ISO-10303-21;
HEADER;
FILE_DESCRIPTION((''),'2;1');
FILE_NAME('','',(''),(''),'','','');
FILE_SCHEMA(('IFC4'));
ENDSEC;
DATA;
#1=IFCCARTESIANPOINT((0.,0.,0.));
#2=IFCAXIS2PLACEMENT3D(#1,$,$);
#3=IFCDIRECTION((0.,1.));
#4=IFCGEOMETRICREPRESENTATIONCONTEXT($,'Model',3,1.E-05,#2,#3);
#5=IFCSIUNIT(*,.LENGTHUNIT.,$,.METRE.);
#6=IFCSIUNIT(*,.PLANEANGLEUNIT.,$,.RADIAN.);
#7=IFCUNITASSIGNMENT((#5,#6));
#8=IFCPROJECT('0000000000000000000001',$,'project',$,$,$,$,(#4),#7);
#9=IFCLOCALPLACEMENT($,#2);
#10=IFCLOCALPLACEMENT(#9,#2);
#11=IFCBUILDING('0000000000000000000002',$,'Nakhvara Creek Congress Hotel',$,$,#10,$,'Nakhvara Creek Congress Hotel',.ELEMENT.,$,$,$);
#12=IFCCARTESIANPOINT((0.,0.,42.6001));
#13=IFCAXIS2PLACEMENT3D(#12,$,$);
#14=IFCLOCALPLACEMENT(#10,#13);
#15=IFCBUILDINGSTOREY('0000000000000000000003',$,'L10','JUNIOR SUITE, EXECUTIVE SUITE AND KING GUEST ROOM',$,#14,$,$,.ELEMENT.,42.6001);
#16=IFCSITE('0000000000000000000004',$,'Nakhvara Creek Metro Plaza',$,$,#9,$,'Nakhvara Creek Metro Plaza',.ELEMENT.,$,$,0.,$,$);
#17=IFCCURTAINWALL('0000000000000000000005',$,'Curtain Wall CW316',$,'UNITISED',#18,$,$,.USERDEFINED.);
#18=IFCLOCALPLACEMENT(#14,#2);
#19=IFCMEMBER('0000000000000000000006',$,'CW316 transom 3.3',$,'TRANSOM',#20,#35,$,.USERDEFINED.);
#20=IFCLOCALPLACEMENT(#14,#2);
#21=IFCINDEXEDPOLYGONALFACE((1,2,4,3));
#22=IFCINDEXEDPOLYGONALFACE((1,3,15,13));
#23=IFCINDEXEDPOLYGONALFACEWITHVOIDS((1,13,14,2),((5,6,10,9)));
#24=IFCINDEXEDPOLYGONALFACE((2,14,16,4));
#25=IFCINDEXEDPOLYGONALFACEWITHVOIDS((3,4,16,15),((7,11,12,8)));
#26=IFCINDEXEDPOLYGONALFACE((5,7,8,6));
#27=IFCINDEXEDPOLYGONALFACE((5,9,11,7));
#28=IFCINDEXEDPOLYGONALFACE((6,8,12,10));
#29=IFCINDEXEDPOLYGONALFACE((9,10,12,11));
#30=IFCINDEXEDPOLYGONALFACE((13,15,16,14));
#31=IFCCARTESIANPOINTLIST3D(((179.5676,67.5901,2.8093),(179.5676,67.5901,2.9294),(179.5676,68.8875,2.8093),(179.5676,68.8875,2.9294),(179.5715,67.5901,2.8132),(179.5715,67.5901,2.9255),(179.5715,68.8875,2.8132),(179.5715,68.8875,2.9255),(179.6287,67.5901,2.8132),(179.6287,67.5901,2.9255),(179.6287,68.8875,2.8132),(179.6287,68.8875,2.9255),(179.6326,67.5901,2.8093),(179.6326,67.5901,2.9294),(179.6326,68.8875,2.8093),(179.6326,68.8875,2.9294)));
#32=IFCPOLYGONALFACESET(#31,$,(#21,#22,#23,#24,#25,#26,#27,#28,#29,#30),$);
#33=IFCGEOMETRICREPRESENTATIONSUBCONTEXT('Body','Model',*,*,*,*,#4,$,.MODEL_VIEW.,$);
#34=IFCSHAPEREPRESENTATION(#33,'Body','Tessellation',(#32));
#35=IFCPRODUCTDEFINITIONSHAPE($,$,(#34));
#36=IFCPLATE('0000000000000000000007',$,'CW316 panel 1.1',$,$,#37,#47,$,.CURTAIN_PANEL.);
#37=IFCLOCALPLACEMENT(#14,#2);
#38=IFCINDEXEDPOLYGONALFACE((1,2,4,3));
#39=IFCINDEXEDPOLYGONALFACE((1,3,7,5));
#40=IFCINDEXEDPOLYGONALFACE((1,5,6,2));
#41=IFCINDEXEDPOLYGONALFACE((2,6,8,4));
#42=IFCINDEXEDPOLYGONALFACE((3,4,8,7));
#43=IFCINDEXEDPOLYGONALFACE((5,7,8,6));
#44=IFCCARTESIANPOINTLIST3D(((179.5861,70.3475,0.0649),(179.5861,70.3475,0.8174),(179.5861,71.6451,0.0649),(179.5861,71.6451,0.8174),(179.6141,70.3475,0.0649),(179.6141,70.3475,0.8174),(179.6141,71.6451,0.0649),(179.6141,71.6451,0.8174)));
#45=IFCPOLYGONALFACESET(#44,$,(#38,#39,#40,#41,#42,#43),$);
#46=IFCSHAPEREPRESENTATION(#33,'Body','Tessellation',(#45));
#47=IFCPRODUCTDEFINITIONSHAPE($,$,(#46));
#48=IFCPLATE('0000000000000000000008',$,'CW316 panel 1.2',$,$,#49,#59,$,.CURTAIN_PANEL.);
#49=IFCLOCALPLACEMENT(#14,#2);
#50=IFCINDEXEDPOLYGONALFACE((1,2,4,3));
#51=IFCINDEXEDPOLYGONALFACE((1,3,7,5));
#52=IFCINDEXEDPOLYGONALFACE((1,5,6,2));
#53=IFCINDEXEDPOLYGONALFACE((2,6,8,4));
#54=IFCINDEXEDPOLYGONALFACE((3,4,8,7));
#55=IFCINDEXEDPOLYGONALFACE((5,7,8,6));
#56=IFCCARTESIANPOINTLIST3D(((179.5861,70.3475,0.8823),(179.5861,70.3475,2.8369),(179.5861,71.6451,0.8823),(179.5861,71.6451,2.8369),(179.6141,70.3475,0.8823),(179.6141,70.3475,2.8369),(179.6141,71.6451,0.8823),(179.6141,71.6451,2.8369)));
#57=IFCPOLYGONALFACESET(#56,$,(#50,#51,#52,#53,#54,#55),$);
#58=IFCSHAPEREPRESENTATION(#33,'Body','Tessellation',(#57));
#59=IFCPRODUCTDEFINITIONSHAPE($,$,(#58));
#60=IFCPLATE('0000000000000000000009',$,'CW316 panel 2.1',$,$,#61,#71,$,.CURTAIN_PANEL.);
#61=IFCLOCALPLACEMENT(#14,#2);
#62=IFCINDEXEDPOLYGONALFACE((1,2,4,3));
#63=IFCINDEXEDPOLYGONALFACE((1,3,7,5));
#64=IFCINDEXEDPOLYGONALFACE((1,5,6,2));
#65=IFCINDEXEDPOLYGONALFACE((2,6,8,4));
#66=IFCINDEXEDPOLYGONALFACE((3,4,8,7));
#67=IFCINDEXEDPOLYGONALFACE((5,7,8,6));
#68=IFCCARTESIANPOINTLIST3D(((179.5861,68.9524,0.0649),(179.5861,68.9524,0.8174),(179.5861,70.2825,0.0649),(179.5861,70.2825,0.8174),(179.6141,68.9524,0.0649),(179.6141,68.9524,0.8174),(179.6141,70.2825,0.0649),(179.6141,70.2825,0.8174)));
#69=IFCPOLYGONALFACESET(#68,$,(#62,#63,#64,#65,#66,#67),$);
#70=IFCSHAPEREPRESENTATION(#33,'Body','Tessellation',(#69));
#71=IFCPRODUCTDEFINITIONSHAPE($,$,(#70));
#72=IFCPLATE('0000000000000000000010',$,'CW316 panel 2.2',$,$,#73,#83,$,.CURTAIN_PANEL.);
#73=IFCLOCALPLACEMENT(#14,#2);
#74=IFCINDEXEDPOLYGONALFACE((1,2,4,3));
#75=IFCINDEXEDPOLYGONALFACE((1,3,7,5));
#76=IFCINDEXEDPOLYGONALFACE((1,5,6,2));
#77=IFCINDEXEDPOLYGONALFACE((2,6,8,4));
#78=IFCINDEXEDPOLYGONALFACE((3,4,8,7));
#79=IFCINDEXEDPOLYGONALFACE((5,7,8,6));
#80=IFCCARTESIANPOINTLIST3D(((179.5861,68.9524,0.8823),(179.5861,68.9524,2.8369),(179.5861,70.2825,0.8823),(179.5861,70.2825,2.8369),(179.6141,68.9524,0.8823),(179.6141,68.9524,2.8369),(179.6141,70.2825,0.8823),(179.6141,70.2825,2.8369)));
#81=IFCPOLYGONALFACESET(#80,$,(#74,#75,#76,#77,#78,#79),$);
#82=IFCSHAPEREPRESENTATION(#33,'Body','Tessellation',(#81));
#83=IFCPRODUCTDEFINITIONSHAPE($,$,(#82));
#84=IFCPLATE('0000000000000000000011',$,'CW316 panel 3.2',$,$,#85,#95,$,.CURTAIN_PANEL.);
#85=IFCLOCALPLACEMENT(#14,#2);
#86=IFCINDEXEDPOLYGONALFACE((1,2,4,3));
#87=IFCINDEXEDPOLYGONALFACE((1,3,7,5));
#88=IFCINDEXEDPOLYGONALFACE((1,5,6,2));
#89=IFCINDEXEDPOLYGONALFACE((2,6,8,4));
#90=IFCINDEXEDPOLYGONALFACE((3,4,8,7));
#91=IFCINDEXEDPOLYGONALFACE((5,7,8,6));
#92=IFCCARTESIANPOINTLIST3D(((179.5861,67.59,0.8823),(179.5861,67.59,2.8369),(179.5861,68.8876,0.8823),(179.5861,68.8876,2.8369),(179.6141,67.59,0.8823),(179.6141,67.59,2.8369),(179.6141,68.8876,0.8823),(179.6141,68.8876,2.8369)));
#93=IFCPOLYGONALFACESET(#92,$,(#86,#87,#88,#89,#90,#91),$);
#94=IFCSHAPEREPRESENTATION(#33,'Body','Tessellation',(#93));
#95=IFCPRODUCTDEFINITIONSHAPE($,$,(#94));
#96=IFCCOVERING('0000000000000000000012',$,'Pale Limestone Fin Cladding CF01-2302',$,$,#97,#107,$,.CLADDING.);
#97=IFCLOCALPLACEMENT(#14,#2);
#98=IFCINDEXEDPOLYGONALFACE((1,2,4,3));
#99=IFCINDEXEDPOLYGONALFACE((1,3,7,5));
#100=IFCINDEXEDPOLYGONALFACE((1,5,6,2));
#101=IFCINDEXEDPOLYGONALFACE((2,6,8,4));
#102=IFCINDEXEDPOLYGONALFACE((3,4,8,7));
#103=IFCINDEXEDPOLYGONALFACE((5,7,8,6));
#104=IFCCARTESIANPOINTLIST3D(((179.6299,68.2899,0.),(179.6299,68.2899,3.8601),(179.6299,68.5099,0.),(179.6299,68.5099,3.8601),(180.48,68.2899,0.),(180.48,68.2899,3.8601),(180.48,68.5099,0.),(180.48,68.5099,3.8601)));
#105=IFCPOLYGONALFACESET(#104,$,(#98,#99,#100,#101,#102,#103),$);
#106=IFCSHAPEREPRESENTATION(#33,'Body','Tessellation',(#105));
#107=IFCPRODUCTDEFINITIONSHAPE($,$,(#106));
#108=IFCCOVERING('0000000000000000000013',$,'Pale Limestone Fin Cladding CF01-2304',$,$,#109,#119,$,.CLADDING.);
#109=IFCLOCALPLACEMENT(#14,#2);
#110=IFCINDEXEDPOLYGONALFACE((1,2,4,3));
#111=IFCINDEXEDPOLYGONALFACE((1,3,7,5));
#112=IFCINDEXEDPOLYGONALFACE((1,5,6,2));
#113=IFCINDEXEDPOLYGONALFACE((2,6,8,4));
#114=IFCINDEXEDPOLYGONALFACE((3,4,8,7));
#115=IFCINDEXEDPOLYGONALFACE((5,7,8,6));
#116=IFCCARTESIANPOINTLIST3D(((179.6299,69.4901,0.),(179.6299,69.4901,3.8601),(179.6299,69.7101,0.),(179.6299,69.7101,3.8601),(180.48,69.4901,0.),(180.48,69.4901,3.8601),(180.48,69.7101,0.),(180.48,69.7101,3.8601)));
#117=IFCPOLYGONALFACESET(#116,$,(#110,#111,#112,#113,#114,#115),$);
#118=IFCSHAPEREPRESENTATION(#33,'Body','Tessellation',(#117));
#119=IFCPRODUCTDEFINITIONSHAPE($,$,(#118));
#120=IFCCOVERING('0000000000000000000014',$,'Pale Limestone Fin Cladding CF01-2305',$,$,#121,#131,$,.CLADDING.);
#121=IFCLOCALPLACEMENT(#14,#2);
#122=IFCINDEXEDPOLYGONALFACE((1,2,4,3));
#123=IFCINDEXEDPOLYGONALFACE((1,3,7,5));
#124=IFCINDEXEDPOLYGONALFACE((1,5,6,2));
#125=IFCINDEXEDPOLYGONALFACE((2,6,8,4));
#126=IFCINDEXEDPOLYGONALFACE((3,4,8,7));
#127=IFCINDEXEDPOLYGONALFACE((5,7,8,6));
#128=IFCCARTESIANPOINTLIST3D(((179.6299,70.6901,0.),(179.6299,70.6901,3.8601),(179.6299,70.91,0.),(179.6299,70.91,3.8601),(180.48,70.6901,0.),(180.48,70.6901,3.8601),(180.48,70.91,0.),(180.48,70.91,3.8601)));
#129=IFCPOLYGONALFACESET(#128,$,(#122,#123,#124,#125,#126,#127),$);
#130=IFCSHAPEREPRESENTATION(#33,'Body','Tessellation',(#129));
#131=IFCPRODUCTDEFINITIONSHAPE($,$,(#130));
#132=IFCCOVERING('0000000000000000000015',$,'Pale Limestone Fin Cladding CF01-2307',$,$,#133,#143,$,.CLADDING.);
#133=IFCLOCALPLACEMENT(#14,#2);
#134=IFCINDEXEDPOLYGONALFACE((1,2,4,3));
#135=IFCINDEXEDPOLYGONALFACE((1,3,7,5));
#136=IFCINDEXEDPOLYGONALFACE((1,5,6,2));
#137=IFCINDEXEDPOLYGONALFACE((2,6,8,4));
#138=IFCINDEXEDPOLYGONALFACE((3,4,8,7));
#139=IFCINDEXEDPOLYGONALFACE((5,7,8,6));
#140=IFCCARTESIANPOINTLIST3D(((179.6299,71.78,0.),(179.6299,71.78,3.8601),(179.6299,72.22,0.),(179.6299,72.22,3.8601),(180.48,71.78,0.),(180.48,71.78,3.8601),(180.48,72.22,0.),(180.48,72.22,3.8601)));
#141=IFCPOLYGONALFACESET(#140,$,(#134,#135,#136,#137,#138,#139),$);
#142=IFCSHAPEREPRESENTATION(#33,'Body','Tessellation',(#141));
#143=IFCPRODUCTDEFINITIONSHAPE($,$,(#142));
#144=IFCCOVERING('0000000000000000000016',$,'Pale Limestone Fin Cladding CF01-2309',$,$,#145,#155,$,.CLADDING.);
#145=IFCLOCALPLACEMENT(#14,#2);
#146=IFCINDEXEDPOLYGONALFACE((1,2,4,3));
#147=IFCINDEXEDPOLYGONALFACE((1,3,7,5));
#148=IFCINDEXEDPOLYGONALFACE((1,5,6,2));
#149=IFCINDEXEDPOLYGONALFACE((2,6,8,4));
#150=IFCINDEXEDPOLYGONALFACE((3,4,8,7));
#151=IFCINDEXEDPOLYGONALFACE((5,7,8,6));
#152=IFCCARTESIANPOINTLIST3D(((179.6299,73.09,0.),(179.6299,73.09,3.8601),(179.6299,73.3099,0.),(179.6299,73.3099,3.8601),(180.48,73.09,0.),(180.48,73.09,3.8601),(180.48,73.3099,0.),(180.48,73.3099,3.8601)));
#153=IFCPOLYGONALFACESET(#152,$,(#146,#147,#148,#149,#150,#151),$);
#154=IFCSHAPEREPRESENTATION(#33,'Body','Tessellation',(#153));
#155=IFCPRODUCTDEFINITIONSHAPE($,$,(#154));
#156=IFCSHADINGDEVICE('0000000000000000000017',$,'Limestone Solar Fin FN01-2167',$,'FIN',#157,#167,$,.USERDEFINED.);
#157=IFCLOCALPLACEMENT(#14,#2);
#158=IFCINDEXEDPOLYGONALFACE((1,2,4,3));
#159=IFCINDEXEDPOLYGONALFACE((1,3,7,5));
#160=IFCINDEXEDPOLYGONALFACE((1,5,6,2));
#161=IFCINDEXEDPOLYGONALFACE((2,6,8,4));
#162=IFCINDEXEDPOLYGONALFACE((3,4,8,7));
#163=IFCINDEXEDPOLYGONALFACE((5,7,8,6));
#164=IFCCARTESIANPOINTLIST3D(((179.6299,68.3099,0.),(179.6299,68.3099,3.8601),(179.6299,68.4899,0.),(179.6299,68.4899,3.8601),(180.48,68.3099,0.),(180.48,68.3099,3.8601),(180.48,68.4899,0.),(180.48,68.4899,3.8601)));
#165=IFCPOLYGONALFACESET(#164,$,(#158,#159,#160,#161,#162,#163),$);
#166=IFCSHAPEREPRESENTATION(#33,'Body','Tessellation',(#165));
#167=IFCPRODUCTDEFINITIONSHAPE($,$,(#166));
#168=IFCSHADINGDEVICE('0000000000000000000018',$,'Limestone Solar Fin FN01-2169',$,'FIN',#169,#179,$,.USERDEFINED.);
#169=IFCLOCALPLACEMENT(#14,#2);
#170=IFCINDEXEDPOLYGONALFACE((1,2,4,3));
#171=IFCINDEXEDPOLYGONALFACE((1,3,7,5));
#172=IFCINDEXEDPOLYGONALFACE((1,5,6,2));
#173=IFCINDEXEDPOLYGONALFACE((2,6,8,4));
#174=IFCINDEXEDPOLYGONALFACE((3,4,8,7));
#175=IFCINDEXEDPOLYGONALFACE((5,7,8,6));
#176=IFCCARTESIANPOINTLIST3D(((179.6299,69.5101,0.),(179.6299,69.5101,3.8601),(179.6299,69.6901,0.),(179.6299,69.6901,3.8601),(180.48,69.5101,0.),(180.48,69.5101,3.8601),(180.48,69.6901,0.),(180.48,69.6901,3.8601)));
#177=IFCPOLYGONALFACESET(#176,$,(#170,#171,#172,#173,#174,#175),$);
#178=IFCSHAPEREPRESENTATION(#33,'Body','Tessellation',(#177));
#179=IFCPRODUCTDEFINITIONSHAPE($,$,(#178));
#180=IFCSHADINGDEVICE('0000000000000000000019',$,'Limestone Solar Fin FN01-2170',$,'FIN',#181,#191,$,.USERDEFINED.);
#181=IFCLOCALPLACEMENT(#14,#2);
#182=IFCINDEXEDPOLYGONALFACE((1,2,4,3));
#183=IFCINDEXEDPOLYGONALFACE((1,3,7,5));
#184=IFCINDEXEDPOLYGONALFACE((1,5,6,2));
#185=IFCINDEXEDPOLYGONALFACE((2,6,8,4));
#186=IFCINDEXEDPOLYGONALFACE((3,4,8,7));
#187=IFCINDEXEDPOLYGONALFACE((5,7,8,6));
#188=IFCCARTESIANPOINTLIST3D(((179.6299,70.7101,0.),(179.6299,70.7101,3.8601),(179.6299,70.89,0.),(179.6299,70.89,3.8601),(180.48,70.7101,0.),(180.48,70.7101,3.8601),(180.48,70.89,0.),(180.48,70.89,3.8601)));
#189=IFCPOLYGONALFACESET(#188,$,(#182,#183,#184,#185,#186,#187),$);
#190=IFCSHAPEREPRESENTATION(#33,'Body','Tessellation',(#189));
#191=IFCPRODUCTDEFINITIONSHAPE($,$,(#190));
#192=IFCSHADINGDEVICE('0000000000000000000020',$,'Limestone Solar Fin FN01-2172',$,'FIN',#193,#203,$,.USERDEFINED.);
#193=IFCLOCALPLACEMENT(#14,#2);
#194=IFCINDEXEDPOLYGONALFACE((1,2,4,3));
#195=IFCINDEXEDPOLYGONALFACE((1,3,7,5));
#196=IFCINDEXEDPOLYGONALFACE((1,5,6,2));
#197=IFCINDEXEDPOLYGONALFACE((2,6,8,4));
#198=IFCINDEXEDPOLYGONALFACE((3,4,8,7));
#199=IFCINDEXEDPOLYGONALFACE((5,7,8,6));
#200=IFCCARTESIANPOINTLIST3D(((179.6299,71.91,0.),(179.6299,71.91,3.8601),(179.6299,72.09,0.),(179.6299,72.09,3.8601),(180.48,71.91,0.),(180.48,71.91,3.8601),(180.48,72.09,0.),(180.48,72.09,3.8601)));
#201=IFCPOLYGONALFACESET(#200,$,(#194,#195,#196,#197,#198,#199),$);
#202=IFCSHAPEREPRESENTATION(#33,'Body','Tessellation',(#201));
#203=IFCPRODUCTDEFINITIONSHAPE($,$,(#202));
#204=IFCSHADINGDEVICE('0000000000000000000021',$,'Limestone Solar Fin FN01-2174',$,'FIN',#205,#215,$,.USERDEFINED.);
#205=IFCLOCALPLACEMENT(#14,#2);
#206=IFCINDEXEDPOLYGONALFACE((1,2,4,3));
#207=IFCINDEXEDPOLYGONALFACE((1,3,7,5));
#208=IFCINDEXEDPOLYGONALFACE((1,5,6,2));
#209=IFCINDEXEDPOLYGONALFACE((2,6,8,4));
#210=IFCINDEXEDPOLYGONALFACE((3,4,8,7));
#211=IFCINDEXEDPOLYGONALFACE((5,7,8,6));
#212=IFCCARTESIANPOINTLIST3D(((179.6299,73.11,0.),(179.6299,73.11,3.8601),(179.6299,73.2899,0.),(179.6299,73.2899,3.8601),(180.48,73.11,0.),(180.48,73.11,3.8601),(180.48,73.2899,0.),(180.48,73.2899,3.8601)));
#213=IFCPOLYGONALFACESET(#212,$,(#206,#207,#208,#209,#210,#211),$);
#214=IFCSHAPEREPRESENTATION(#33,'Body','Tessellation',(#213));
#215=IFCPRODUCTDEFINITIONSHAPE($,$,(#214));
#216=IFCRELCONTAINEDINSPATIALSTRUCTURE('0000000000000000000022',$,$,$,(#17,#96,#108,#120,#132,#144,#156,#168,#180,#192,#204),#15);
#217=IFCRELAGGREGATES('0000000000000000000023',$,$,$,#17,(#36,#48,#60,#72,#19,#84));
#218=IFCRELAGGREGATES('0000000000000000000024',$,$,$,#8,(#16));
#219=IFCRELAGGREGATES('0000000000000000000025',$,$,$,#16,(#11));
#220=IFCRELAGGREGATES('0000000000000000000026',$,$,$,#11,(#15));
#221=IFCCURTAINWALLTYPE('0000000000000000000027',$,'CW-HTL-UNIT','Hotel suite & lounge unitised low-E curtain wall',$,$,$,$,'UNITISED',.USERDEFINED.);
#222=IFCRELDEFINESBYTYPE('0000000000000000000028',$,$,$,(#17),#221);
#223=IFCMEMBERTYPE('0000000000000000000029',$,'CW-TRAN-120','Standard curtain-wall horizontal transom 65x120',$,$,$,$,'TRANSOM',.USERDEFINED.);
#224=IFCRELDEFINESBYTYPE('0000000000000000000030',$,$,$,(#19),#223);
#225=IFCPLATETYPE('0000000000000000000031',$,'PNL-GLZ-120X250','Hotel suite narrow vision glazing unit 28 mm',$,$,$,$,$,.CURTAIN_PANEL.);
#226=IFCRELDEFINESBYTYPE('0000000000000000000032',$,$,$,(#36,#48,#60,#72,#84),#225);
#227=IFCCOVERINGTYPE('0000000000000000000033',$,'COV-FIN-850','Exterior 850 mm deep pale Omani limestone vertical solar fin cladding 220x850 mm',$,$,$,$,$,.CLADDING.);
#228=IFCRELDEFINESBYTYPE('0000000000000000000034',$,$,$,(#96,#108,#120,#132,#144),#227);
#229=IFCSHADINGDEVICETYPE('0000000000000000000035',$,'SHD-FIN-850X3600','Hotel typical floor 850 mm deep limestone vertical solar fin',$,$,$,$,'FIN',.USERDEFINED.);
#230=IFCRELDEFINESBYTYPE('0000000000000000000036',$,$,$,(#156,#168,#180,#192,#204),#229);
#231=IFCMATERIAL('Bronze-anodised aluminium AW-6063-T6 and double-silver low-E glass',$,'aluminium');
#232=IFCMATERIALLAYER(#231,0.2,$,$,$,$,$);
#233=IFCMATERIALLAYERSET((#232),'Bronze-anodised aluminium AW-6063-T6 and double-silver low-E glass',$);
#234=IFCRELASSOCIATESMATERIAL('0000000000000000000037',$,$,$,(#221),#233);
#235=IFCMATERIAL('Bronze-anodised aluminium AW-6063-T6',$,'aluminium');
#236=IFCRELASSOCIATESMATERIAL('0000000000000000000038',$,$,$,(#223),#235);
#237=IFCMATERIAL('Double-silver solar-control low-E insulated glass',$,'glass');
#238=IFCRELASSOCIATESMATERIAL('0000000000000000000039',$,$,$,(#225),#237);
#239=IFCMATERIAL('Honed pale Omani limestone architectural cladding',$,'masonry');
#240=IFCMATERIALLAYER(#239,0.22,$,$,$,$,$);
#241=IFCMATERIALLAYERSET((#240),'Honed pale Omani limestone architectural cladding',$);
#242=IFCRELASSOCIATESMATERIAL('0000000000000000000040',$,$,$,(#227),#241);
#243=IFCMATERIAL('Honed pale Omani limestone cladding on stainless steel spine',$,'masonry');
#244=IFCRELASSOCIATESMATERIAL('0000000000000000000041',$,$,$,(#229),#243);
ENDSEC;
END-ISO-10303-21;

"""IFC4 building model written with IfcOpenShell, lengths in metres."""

from ifc_helpers import new_model, si_unit, direction, frame, origin, origin_2d, place, context, subcontext, project, spatial, rectangle, hollow_rectangle, extrude, material, layer, layer_set, material_profile, profile_set, type_object, element, aggregate, save


model = new_model("IFC4")

# Units and contexts
model_context = context("Model", 3, precision=1e-05, world=origin(), true_north=direction((0.0, 1.0)))
body_context = subcontext(model_context, "Body", "Model", "MODEL_VIEW")
ifc_project = project(units=[si_unit("LENGTHUNIT", "METRE"), si_unit("PLANEANGLEUNIT", "RADIAN")], contexts=[model_context])

# Site, building, storey
site_placement = place(None, origin())
site = spatial("IfcSite", under=ifc_project, at=site_placement, Name="Nakhvara Creek Metro Plaza", LongName="Nakhvara Creek Metro Plaza", CompositionType="ELEMENT", RefElevation=0.0)
building_placement = place(site_placement, origin())
building = spatial("IfcBuilding", under=site, at=building_placement, Name="Nakhvara Creek Congress Hotel", LongName="Nakhvara Creek Congress Hotel", CompositionType="ELEMENT")
storey_placement = place(building_placement, frame((0.0, 0.0, 42.6001)))
storey = spatial("IfcBuildingStorey", under=building, at=storey_placement, Name="L10", Description="JUNIOR SUITE, EXECUTIVE SUITE AND KING GUEST ROOM", CompositionType="ELEMENT", Elevation=42.6001)

# Curtain wall, member, plates
ifc_material_1 = material(Name="Bronze-anodised aluminium AW-6063-T6 and double-silver low-E glass", Category="aluminium")
ifc_layer_1 = layer(ifc_material_1, 0.2)
ifc_layer_set_1 = layer_set([ifc_layer_1], Name="Bronze-anodised aluminium AW-6063-T6 and double-silver low-E glass")
curtain_wall_type = type_object("IfcCurtainWallType", Name="CW-HTL-UNIT", Description="Hotel suite & lounge unitised low-E curtain wall", ElementType="UNITISED", PredefinedType="USERDEFINED", material=ifc_layer_set_1)
curtain_wall_placement = place(storey_placement, origin())
curtain_wall = element("IfcCurtainWall", 1, at=curtain_wall_placement, inside=storey, type_object=curtain_wall_type, Name="Curtain Wall CW316", ObjectType="UNITISED", PredefinedType="USERDEFINED")
ifc_material_2 = material(Name="Bronze-anodised aluminium AW-6063-T6", Category="aluminium")
ifc_material_profile_1 = material_profile(ifc_material_2, hollow_rectangle(XDim=0.0649, YDim=0.1201, WallThickness=0.0039, at=origin_2d()), Name="ALU-TRAN 65x120x4", Category="LoadBearing")
ifc_profile_set_1 = profile_set([ifc_material_profile_1], Name="Bronze-anodised aluminium AW-6063-T6")
member_type_1 = type_object("IfcMemberType", Name="CW-TRAN-120", Description="Standard curtain-wall horizontal transom 65x120", ElementType="TRANSOM", PredefinedType="USERDEFINED", material=ifc_profile_set_1)
member_1_placement = place(storey_placement, frame((179.6001, 68.8875, 2.8694), z_axis=(0.0, -1.0, 0.0), x_axis=(1.0, 0.0, 0.0)))
member_1 = element("IfcMember", 2, at=member_1_placement, type_object=member_type_1, Name="CW316 transom 3.3", ObjectType="TRANSOM", PredefinedType="USERDEFINED", context=body_context, shape_type="SweptSolid", body=[
    extrude(hollow_rectangle(XDim=0.0649, YDim=0.1201, WallThickness=0.0039, at=origin_2d()), origin(), (0.0, 0.0, 1.0), 1.2974),
])
ifc_material_3 = material(Name="Double-silver solar-control low-E insulated glass", Category="glass")
plate_type = type_object("IfcPlateType", Name="PNL-GLZ-120X250", Description="Hotel suite narrow vision glazing unit 28 mm", PredefinedType="CURTAIN_PANEL", material=ifc_material_3)
plate_1_placement = place(storey_placement, frame((179.6001, 70.9963, 0.0649), z_axis=(0.0, 0.0, 1.0), x_axis=(0.0, -1.0, 0.0)))
plate_1 = element("IfcPlate", 3, at=plate_1_placement, type_object=plate_type, Name="CW316 panel 1.1", PredefinedType="CURTAIN_PANEL", context=body_context, shape_type="SweptSolid", body=[
    extrude(rectangle(XDim=1.2976, YDim=0.0281, at=origin_2d()), origin(), (0.0, 0.0, 1.0), 0.7524),
])
plate_2_placement = place(storey_placement, frame((179.6001, 70.9963, 0.8823), z_axis=(0.0, 0.0, 1.0), x_axis=(0.0, -1.0, 0.0)))
plate_2 = element("IfcPlate", 4, at=plate_2_placement, type_object=plate_type, Name="CW316 panel 1.2", PredefinedType="CURTAIN_PANEL", context=body_context, shape_type="SweptSolid", body=[
    extrude(rectangle(XDim=1.2976, YDim=0.0281, at=origin_2d()), origin(), (0.0, 0.0, 1.0), 1.9546),
])
plate_3_placement = place(storey_placement, frame((179.6001, 69.6174, 0.0649), z_axis=(0.0, 0.0, 1.0), x_axis=(0.0, -1.0, 0.0)))
plate_3 = element("IfcPlate", 5, at=plate_3_placement, type_object=plate_type, Name="CW316 panel 2.1", PredefinedType="CURTAIN_PANEL", context=body_context, shape_type="SweptSolid", body=[
    extrude(rectangle(XDim=1.3301, YDim=0.0281, at=origin_2d()), origin(), (0.0, 0.0, 1.0), 0.7524),
])
plate_4_placement = place(storey_placement, frame((179.6001, 69.6174, 0.8823), z_axis=(0.0, 0.0, 1.0), x_axis=(0.0, -1.0, 0.0)))
plate_4 = element("IfcPlate", 6, at=plate_4_placement, type_object=plate_type, Name="CW316 panel 2.2", PredefinedType="CURTAIN_PANEL", context=body_context, shape_type="SweptSolid", body=[
    extrude(rectangle(XDim=1.3301, YDim=0.0281, at=origin_2d()), origin(), (0.0, 0.0, 1.0), 1.9546),
])
plate_5_placement = place(storey_placement, frame((179.6001, 68.2388, 0.8823), z_axis=(0.0, 0.0, 1.0), x_axis=(0.0, -1.0, 0.0)))
plate_5 = element("IfcPlate", 7, at=plate_5_placement, type_object=plate_type, Name="CW316 panel 3.2", PredefinedType="CURTAIN_PANEL", context=body_context, shape_type="SweptSolid", body=[
    extrude(rectangle(XDim=1.2976, YDim=0.0281, at=origin_2d()), origin(), (0.0, 0.0, 1.0), 1.9546),
])
aggregate(curtain_wall, [plate_1, plate_2, plate_3, plate_4, member_1, plate_5])

# Coverings
ifc_material_4 = material(Name="Honed pale Omani limestone architectural cladding", Category="masonry")
ifc_layer_2 = layer(ifc_material_4, 0.22)
ifc_layer_set_2 = layer_set([ifc_layer_2], Name="Honed pale Omani limestone architectural cladding")
covering_type = type_object("IfcCoveringType", Name="COV-FIN-850", Description="Exterior 850 mm deep pale Omani limestone vertical solar fin cladding 220x850 mm", PredefinedType="CLADDING", material=ifc_layer_set_2)
for number, where, z_axis, x_axis, name in (
    (8, (180.0549, 68.3999, 0.0), (0.0, 0.0, 1.0), (0.0, 1.0, 0.0), "Pale Limestone Fin Cladding CF01-2302"),
    (9, (180.0549, 69.6001, 0.0), (0.0, 0.0, 1.0), (0.0, 1.0, 0.0), "Pale Limestone Fin Cladding CF01-2304"),
    (10, (180.0549, 70.8, 0.0), (0.0, 0.0, 1.0), (0.0, 1.0, 0.0), "Pale Limestone Fin Cladding CF01-2305"),
):
    element("IfcCovering", number, at=place(storey_placement, frame(where, z_axis=z_axis, x_axis=x_axis)), inside=storey, type_object=covering_type, Name=name, PredefinedType="CLADDING", context=body_context, shape_type="SweptSolid", body=[
        extrude(rectangle(XDim=0.22, YDim=0.8501, at=origin_2d()), origin(), (0.0, 0.0, 1.0), 3.8601),
    ])
covering_1_placement = place(storey_placement, frame((180.0549, 72.0, 0.0), z_axis=(0.0, 0.0, 1.0), x_axis=(0.0, 1.0, 0.0)))
element("IfcCovering", 11, at=covering_1_placement, inside=storey, type_object=covering_type, Name="Pale Limestone Fin Cladding CF01-2307", PredefinedType="CLADDING", context=body_context, shape_type="SweptSolid", body=[
    extrude(rectangle(XDim=0.4399, YDim=0.8501, at=origin_2d()), origin(), (0.0, 0.0, 1.0), 3.8601),
])
covering_2_placement = place(storey_placement, frame((180.0549, 73.2, 0.0), z_axis=(0.0, 0.0, 1.0), x_axis=(0.0, 1.0, 0.0)))
element("IfcCovering", 12, at=covering_2_placement, inside=storey, type_object=covering_type, Name="Pale Limestone Fin Cladding CF01-2309", PredefinedType="CLADDING", context=body_context, shape_type="SweptSolid", body=[
    extrude(rectangle(XDim=0.22, YDim=0.8501, at=origin_2d()), origin(), (0.0, 0.0, 1.0), 3.8601),
])

# Shading devices
ifc_material_5 = material(Name="Honed pale Omani limestone cladding on stainless steel spine", Category="masonry")
shading_device_type = type_object("IfcShadingDeviceType", Name="SHD-FIN-850X3600", Description="Hotel typical floor 850 mm deep limestone vertical solar fin", ElementType="FIN", PredefinedType="USERDEFINED", material=ifc_material_5)
for number, where, z_axis, x_axis, name in (
    (13, (180.0549, 68.3999, 0.0), (0.0, 0.0, 1.0), (0.0, 1.0, 0.0), "Limestone Solar Fin FN01-2167"),
    (14, (180.0549, 69.6001, 0.0), (0.0, 0.0, 1.0), (0.0, 1.0, 0.0), "Limestone Solar Fin FN01-2169"),
    (15, (180.0549, 70.8, 0.0), (0.0, 0.0, 1.0), (0.0, 1.0, 0.0), "Limestone Solar Fin FN01-2170"),
    (16, (180.0549, 72.0, 0.0), (0.0, 0.0, 1.0), (0.0, 1.0, 0.0), "Limestone Solar Fin FN01-2172"),
    (17, (180.0549, 73.2, 0.0), (0.0, 0.0, 1.0), (0.0, 1.0, 0.0), "Limestone Solar Fin FN01-2174"),
):
    element("IfcShadingDevice", number, at=place(storey_placement, frame(where, z_axis=z_axis, x_axis=x_axis)), inside=storey, type_object=shading_device_type, Name=name, ObjectType="FIN", PredefinedType="USERDEFINED", context=body_context, shape_type="SweptSolid", body=[
        extrude(rectangle(XDim=0.1799, YDim=0.8501, at=origin_2d()), origin(), (0.0, 0.0, 1.0), 3.8601),
    ])

save(model, "model.ifc")
